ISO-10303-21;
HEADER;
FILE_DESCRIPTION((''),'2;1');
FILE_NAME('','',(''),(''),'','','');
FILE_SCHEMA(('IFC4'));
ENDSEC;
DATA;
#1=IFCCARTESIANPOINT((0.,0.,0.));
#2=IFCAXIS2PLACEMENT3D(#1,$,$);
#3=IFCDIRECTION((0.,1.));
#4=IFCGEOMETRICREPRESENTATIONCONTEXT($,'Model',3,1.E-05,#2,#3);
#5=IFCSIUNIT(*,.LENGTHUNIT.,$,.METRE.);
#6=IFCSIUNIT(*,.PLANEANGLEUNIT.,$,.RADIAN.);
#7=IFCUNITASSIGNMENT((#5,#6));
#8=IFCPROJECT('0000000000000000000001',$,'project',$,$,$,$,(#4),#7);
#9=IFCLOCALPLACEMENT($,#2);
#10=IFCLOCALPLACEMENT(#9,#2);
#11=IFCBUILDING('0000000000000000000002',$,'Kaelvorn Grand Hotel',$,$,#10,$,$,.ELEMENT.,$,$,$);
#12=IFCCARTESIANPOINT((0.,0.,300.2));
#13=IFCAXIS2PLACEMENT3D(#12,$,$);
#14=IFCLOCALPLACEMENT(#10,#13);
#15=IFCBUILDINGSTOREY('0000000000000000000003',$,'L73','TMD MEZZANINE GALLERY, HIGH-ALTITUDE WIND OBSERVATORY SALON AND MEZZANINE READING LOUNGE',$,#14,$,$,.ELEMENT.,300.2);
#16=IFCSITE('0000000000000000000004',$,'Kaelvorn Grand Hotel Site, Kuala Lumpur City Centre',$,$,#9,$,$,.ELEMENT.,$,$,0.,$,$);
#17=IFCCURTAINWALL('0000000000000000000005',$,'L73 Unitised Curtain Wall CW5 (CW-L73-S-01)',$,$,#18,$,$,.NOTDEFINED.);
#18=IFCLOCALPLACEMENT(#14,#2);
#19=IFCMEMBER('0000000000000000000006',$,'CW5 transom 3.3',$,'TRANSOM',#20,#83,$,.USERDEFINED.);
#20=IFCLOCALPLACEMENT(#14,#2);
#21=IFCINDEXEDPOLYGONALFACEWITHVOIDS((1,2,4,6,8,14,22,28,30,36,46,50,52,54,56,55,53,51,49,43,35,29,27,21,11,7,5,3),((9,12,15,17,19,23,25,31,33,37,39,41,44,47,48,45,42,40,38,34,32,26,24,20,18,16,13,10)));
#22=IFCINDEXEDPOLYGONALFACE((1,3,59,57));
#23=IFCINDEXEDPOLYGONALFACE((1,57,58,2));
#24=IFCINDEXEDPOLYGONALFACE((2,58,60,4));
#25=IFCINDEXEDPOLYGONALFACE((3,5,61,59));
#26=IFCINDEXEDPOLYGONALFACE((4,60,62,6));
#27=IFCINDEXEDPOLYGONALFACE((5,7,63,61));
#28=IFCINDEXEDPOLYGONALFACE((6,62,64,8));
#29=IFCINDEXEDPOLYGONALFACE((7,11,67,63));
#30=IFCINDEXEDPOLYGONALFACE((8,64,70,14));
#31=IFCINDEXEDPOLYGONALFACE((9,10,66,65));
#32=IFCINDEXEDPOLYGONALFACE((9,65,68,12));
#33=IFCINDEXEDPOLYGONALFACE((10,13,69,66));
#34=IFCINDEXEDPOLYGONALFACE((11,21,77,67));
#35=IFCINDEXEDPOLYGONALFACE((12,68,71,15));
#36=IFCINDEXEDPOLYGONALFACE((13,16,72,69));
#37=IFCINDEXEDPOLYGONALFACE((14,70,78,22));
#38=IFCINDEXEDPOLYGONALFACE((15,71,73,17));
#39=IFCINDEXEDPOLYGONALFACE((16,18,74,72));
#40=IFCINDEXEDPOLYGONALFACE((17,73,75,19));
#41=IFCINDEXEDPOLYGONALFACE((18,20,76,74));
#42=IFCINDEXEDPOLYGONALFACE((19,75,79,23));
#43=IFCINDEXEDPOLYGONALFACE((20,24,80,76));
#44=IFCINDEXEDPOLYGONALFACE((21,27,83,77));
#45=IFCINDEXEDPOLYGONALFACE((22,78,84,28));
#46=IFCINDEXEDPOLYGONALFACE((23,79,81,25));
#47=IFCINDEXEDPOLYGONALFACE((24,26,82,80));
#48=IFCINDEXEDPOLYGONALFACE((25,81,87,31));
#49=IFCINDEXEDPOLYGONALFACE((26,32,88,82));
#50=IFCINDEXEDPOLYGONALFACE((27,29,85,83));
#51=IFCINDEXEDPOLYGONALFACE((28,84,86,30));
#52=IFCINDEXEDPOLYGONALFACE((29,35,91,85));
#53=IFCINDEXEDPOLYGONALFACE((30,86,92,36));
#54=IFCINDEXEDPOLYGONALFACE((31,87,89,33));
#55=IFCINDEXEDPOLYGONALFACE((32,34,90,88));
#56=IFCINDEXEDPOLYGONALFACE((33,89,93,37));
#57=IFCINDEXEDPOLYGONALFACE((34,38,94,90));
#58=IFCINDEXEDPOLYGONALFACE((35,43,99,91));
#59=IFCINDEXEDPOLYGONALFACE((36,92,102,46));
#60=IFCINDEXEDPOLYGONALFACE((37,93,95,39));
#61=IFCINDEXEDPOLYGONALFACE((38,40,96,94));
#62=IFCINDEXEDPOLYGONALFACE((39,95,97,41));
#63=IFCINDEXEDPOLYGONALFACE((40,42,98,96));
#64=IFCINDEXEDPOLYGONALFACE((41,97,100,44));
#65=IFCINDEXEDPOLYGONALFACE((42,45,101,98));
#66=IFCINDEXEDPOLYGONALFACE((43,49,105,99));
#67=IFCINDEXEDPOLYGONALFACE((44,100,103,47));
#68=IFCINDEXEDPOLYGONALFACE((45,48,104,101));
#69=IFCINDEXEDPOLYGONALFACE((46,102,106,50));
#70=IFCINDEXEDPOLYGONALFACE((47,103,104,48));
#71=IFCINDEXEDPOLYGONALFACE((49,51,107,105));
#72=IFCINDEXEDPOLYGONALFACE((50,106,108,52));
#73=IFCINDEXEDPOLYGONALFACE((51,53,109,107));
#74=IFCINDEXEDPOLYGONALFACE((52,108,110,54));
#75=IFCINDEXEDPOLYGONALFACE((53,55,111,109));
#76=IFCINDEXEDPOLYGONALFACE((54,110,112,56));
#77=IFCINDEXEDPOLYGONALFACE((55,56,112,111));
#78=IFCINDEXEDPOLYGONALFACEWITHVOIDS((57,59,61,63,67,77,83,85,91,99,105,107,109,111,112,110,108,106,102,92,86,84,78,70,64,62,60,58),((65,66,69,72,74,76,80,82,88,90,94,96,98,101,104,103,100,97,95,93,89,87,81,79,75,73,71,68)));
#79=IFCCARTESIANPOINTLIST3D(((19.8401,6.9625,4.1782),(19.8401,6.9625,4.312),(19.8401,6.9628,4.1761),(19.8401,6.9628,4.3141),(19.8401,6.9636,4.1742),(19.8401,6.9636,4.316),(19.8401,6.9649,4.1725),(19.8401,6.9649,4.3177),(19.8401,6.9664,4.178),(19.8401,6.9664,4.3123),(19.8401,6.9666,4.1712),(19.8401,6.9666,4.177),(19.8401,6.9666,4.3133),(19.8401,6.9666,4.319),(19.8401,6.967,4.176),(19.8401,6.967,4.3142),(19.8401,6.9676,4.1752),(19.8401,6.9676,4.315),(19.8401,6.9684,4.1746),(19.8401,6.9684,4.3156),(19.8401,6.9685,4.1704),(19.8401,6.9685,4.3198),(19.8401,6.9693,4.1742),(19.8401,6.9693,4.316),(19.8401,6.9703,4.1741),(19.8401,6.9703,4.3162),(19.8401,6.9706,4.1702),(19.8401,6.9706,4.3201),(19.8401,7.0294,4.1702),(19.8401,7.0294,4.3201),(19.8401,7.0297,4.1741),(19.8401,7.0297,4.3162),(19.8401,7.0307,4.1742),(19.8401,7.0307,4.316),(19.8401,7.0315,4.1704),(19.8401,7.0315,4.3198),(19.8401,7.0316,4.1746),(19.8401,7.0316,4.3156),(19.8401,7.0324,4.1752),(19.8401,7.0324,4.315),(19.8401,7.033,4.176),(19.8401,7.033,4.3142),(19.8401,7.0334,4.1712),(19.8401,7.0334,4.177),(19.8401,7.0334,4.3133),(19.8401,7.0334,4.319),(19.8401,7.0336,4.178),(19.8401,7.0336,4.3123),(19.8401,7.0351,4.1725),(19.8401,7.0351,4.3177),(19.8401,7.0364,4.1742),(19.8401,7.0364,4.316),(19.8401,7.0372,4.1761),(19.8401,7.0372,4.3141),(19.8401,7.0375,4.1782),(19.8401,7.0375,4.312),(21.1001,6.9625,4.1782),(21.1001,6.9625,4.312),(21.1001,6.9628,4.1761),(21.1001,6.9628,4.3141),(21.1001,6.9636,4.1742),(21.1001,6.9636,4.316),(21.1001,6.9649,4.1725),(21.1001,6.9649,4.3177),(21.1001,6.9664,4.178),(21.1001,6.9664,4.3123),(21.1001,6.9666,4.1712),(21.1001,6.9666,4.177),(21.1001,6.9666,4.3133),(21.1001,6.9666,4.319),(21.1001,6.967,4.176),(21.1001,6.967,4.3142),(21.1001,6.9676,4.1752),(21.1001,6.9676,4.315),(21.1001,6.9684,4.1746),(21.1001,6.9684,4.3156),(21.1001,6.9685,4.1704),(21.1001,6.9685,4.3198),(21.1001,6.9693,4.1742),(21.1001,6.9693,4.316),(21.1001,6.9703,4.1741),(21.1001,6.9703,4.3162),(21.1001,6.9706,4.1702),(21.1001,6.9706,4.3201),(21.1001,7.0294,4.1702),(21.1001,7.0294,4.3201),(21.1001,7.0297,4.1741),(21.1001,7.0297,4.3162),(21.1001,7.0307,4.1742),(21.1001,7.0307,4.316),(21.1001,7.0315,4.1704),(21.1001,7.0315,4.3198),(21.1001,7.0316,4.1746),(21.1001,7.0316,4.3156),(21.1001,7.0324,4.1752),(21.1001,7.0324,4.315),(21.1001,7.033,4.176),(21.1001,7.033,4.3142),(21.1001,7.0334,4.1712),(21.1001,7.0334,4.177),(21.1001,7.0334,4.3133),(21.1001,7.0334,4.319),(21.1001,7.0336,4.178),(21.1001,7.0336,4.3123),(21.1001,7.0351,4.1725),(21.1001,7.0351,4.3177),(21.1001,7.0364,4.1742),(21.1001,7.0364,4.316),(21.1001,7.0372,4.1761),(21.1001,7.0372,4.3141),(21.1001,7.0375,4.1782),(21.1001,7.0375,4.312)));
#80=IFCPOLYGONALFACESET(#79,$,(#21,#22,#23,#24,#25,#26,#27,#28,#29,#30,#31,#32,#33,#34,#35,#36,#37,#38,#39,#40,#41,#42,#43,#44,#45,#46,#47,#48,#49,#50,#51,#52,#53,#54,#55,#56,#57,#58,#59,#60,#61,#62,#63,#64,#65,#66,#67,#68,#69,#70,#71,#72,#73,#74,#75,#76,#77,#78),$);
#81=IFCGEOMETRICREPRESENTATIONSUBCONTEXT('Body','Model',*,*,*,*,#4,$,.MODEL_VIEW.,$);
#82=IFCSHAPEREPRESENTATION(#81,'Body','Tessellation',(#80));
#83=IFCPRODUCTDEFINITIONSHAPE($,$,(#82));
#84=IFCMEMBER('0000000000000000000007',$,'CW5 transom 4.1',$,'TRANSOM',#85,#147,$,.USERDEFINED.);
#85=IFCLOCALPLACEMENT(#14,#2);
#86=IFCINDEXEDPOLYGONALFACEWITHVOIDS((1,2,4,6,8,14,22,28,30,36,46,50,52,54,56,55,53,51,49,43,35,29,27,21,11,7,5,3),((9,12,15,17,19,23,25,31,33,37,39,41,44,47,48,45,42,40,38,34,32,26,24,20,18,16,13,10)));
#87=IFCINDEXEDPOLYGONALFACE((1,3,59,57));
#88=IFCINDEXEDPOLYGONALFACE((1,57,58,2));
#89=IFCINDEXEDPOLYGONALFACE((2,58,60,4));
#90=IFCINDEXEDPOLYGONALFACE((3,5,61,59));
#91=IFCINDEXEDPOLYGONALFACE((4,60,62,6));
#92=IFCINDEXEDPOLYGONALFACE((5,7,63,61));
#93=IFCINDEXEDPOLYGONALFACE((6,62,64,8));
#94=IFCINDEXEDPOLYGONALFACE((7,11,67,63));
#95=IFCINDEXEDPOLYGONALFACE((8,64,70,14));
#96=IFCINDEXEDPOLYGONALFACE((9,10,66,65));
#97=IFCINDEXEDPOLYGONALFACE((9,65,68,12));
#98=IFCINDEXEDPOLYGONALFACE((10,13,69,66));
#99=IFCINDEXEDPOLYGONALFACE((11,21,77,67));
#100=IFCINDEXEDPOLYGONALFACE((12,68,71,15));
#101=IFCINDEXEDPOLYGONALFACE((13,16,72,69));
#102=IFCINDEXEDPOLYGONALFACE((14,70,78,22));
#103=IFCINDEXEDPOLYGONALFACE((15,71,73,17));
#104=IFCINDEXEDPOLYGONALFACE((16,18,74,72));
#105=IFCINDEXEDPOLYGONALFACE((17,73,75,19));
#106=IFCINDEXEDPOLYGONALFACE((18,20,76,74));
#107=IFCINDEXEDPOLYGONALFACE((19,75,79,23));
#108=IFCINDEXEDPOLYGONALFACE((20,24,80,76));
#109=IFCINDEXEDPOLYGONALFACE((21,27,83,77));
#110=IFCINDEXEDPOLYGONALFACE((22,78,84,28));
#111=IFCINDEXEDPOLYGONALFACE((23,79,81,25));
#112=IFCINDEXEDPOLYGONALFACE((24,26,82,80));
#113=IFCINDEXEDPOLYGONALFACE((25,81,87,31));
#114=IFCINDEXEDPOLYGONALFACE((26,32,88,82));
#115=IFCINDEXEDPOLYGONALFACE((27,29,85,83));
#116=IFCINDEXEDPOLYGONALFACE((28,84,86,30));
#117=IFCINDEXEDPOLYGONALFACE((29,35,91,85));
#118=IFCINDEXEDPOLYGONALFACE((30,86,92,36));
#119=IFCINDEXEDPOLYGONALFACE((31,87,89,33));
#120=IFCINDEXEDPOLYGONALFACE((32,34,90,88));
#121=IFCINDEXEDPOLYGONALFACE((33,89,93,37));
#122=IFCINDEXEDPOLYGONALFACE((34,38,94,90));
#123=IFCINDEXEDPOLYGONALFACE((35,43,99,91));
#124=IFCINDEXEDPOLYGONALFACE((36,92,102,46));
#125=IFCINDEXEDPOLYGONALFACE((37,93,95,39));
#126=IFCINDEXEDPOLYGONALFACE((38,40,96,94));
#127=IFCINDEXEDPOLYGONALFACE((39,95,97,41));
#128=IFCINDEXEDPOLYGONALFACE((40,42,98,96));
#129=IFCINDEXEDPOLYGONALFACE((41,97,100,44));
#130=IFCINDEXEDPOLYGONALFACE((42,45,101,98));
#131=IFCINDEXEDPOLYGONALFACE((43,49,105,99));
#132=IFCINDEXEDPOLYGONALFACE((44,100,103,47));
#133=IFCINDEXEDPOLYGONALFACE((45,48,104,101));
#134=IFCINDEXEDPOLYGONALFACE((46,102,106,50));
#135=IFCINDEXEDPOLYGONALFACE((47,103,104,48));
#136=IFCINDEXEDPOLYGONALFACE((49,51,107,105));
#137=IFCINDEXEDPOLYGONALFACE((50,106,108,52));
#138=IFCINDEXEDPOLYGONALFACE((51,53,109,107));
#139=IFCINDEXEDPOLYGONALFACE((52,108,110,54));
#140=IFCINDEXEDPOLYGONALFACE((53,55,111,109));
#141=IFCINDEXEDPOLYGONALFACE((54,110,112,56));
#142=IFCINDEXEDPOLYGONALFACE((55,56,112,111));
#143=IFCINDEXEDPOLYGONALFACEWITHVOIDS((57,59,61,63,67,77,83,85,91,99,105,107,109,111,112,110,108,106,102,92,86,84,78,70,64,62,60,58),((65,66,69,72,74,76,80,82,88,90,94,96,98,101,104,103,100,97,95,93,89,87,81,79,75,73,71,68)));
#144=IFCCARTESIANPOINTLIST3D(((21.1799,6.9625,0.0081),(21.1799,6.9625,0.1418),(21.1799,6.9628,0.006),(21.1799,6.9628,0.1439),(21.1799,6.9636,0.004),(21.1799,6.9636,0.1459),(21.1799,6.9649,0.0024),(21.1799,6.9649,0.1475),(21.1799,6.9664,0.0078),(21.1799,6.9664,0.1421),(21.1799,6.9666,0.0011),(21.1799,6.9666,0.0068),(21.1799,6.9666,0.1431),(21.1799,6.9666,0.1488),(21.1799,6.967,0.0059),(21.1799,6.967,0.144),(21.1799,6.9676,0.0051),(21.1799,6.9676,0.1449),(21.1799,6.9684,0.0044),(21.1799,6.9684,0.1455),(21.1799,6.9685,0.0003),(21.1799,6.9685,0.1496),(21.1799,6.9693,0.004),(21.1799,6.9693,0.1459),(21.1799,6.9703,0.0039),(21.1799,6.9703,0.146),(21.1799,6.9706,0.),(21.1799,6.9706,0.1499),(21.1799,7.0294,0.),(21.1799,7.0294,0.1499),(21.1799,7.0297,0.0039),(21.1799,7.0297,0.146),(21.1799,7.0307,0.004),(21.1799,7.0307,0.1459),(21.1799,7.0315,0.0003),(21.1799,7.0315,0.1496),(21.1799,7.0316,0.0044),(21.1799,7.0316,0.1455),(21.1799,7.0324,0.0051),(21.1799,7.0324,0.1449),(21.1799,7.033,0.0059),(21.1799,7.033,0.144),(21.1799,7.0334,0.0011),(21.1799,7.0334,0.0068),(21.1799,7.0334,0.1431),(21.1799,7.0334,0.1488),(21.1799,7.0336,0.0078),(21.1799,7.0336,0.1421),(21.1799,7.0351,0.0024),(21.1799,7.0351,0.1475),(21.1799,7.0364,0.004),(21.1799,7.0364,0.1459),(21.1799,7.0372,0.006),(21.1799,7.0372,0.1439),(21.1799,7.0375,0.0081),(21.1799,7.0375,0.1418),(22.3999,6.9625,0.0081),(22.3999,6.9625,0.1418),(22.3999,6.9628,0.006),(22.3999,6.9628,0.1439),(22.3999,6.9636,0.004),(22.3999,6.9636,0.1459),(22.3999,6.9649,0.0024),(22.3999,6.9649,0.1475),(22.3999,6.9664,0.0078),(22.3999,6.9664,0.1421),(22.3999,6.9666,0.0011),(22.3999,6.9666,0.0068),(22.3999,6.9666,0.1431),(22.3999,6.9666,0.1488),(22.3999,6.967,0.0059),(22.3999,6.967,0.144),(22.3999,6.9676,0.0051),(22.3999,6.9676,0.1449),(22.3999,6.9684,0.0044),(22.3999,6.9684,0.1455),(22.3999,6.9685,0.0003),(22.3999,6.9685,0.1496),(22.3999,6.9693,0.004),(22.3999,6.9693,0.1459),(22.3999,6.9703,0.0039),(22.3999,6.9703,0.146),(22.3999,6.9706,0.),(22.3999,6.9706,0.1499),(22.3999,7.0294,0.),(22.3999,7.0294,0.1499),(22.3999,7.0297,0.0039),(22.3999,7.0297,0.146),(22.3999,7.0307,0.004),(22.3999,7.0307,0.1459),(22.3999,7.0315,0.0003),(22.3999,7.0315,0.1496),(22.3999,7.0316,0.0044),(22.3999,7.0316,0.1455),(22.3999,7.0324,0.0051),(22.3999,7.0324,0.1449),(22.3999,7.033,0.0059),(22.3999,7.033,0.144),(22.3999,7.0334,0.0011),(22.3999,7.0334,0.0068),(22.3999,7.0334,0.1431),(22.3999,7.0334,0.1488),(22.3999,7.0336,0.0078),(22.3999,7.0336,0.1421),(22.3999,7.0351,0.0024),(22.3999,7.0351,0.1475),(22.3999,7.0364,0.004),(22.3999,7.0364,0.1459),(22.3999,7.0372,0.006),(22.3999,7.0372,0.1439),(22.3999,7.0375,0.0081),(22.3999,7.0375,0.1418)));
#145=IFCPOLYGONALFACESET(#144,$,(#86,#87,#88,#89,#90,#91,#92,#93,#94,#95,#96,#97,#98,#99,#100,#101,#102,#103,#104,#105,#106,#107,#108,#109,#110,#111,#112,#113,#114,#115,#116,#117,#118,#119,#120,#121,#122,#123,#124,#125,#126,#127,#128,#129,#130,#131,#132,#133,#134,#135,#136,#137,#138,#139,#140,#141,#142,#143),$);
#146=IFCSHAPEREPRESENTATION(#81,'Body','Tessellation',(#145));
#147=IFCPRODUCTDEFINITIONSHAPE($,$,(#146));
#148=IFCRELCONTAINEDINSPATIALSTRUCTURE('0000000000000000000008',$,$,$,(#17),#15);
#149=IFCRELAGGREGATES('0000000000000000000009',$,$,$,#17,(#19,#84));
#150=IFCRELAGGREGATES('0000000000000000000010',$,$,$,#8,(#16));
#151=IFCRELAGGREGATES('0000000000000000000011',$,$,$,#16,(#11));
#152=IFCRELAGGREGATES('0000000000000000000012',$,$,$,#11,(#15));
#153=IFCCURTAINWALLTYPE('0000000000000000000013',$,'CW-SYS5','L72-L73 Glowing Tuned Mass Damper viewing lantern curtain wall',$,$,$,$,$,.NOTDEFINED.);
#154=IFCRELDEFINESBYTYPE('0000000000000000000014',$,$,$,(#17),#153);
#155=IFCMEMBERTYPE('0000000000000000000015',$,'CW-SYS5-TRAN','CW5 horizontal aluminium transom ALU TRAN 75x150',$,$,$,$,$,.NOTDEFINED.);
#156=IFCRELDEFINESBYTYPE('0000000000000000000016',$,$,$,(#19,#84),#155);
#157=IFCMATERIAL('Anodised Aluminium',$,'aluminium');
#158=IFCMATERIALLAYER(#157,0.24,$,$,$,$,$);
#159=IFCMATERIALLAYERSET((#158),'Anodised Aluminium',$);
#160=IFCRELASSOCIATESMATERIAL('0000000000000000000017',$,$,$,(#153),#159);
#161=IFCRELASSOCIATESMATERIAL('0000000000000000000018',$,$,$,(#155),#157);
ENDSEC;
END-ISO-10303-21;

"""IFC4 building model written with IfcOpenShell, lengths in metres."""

from ifc_helpers import new_model, si_unit, direction, frame, origin, origin_2d, place, context, subcontext, project, spatial, hollow_rectangle, extrude, material, layer, layer_set, material_profile, profile_set, type_object, element, aggregate, save


model = new_model("IFC4")

# Units and contexts
model_context = context("Model", 3, precision=1e-05, world=origin(), true_north=direction((0.0, 1.0)))
body_context = subcontext(model_context, "Body", "Model", "MODEL_VIEW")
ifc_project = project(units=[si_unit("LENGTHUNIT", "METRE"), si_unit("PLANEANGLEUNIT", "RADIAN")], contexts=[model_context])

# Site, building, storey
site_placement = place(None, origin())
site = spatial("IfcSite", under=ifc_project, at=site_placement, Name="Kaelvorn Grand Hotel Site, Kuala Lumpur City Centre", CompositionType="ELEMENT", RefElevation=0.0)
building_placement = place(site_placement, origin())
building = spatial("IfcBuilding", under=site, at=building_placement, Name="Kaelvorn Grand Hotel", CompositionType="ELEMENT")
storey_placement = place(building_placement, frame((0.0, 0.0, 300.2)))
storey = spatial("IfcBuildingStorey", under=building, at=storey_placement, Name="L73", Description="TMD MEZZANINE GALLERY, HIGH-ALTITUDE WIND OBSERVATORY SALON AND MEZZANINE READING LOUNGE", CompositionType="ELEMENT", Elevation=300.2)

# Curtain wall, members
ifc_material_1 = material(Name="Anodised Aluminium", Category="aluminium")
ifc_layer_1 = layer(ifc_material_1, 0.24)
ifc_layer_set_1 = layer_set([ifc_layer_1], Name="Anodised Aluminium")
curtain_wall_type = type_object("IfcCurtainWallType", Name="CW-SYS5", Description="L72-L73 Glowing Tuned Mass Damper viewing lantern curtain wall", PredefinedType="NOTDEFINED", material=ifc_layer_set_1)
curtain_wall_placement = place(storey_placement, origin())
curtain_wall = element("IfcCurtainWall", 1, at=curtain_wall_placement, inside=storey, type_object=curtain_wall_type, Name="L73 Unitised Curtain Wall CW5 (CW-L73-S-01)", PredefinedType="NOTDEFINED")
ifc_material_profile_1 = material_profile(ifc_material_1, hollow_rectangle(XDim=0.075, YDim=0.1499, WallThickness=0.0039, InnerFilletRadius=0.0039, OuterFilletRadius=0.0081, at=origin_2d()), Name="ALU TRAN 75x150")
ifc_profile_set_1 = profile_set([ifc_material_profile_1], Name="Anodised Aluminium")
member_type_1 = type_object("IfcMemberType", Name="CW-SYS5-TRAN", Description="CW5 horizontal aluminium transom ALU TRAN 75x150", PredefinedType="NOTDEFINED", material=ifc_profile_set_1)
member_1_placement = place(storey_placement, frame((19.8401, 7.0, 4.2451), z_axis=(1.0, 0.0, 0.0), x_axis=(0.0, 1.0, 0.0)))
member_1 = element("IfcMember", 2, at=member_1_placement, type_object=member_type_1, Name="CW5 transom 3.3", ObjectType="TRANSOM", PredefinedType="USERDEFINED", context=body_context, shape_type="SweptSolid", body=[
    extrude(hollow_rectangle(XDim=0.075, YDim=0.1499, WallThickness=0.0039, InnerFilletRadius=0.0039, OuterFilletRadius=0.0081, at=origin_2d()), origin(), (0.0, 0.0, 1.0), 1.26),
])
member_2_placement = place(storey_placement, frame((21.1799, 7.0, 0.075), z_axis=(1.0, 0.0, 0.0), x_axis=(0.0, 1.0, 0.0)))
member_2 = element("IfcMember", 3, at=member_2_placement, type_object=member_type_1, Name="CW5 transom 4.1", ObjectType="TRANSOM", PredefinedType="USERDEFINED", context=body_context, shape_type="SweptSolid", body=[
    extrude(hollow_rectangle(XDim=0.075, YDim=0.1499, WallThickness=0.0039, InnerFilletRadius=0.0039, OuterFilletRadius=0.0081, at=origin_2d()), origin(), (0.0, 0.0, 1.0), 1.22),
])
aggregate(curtain_wall, [member_1, member_2])

save(model, "model.ifc")
